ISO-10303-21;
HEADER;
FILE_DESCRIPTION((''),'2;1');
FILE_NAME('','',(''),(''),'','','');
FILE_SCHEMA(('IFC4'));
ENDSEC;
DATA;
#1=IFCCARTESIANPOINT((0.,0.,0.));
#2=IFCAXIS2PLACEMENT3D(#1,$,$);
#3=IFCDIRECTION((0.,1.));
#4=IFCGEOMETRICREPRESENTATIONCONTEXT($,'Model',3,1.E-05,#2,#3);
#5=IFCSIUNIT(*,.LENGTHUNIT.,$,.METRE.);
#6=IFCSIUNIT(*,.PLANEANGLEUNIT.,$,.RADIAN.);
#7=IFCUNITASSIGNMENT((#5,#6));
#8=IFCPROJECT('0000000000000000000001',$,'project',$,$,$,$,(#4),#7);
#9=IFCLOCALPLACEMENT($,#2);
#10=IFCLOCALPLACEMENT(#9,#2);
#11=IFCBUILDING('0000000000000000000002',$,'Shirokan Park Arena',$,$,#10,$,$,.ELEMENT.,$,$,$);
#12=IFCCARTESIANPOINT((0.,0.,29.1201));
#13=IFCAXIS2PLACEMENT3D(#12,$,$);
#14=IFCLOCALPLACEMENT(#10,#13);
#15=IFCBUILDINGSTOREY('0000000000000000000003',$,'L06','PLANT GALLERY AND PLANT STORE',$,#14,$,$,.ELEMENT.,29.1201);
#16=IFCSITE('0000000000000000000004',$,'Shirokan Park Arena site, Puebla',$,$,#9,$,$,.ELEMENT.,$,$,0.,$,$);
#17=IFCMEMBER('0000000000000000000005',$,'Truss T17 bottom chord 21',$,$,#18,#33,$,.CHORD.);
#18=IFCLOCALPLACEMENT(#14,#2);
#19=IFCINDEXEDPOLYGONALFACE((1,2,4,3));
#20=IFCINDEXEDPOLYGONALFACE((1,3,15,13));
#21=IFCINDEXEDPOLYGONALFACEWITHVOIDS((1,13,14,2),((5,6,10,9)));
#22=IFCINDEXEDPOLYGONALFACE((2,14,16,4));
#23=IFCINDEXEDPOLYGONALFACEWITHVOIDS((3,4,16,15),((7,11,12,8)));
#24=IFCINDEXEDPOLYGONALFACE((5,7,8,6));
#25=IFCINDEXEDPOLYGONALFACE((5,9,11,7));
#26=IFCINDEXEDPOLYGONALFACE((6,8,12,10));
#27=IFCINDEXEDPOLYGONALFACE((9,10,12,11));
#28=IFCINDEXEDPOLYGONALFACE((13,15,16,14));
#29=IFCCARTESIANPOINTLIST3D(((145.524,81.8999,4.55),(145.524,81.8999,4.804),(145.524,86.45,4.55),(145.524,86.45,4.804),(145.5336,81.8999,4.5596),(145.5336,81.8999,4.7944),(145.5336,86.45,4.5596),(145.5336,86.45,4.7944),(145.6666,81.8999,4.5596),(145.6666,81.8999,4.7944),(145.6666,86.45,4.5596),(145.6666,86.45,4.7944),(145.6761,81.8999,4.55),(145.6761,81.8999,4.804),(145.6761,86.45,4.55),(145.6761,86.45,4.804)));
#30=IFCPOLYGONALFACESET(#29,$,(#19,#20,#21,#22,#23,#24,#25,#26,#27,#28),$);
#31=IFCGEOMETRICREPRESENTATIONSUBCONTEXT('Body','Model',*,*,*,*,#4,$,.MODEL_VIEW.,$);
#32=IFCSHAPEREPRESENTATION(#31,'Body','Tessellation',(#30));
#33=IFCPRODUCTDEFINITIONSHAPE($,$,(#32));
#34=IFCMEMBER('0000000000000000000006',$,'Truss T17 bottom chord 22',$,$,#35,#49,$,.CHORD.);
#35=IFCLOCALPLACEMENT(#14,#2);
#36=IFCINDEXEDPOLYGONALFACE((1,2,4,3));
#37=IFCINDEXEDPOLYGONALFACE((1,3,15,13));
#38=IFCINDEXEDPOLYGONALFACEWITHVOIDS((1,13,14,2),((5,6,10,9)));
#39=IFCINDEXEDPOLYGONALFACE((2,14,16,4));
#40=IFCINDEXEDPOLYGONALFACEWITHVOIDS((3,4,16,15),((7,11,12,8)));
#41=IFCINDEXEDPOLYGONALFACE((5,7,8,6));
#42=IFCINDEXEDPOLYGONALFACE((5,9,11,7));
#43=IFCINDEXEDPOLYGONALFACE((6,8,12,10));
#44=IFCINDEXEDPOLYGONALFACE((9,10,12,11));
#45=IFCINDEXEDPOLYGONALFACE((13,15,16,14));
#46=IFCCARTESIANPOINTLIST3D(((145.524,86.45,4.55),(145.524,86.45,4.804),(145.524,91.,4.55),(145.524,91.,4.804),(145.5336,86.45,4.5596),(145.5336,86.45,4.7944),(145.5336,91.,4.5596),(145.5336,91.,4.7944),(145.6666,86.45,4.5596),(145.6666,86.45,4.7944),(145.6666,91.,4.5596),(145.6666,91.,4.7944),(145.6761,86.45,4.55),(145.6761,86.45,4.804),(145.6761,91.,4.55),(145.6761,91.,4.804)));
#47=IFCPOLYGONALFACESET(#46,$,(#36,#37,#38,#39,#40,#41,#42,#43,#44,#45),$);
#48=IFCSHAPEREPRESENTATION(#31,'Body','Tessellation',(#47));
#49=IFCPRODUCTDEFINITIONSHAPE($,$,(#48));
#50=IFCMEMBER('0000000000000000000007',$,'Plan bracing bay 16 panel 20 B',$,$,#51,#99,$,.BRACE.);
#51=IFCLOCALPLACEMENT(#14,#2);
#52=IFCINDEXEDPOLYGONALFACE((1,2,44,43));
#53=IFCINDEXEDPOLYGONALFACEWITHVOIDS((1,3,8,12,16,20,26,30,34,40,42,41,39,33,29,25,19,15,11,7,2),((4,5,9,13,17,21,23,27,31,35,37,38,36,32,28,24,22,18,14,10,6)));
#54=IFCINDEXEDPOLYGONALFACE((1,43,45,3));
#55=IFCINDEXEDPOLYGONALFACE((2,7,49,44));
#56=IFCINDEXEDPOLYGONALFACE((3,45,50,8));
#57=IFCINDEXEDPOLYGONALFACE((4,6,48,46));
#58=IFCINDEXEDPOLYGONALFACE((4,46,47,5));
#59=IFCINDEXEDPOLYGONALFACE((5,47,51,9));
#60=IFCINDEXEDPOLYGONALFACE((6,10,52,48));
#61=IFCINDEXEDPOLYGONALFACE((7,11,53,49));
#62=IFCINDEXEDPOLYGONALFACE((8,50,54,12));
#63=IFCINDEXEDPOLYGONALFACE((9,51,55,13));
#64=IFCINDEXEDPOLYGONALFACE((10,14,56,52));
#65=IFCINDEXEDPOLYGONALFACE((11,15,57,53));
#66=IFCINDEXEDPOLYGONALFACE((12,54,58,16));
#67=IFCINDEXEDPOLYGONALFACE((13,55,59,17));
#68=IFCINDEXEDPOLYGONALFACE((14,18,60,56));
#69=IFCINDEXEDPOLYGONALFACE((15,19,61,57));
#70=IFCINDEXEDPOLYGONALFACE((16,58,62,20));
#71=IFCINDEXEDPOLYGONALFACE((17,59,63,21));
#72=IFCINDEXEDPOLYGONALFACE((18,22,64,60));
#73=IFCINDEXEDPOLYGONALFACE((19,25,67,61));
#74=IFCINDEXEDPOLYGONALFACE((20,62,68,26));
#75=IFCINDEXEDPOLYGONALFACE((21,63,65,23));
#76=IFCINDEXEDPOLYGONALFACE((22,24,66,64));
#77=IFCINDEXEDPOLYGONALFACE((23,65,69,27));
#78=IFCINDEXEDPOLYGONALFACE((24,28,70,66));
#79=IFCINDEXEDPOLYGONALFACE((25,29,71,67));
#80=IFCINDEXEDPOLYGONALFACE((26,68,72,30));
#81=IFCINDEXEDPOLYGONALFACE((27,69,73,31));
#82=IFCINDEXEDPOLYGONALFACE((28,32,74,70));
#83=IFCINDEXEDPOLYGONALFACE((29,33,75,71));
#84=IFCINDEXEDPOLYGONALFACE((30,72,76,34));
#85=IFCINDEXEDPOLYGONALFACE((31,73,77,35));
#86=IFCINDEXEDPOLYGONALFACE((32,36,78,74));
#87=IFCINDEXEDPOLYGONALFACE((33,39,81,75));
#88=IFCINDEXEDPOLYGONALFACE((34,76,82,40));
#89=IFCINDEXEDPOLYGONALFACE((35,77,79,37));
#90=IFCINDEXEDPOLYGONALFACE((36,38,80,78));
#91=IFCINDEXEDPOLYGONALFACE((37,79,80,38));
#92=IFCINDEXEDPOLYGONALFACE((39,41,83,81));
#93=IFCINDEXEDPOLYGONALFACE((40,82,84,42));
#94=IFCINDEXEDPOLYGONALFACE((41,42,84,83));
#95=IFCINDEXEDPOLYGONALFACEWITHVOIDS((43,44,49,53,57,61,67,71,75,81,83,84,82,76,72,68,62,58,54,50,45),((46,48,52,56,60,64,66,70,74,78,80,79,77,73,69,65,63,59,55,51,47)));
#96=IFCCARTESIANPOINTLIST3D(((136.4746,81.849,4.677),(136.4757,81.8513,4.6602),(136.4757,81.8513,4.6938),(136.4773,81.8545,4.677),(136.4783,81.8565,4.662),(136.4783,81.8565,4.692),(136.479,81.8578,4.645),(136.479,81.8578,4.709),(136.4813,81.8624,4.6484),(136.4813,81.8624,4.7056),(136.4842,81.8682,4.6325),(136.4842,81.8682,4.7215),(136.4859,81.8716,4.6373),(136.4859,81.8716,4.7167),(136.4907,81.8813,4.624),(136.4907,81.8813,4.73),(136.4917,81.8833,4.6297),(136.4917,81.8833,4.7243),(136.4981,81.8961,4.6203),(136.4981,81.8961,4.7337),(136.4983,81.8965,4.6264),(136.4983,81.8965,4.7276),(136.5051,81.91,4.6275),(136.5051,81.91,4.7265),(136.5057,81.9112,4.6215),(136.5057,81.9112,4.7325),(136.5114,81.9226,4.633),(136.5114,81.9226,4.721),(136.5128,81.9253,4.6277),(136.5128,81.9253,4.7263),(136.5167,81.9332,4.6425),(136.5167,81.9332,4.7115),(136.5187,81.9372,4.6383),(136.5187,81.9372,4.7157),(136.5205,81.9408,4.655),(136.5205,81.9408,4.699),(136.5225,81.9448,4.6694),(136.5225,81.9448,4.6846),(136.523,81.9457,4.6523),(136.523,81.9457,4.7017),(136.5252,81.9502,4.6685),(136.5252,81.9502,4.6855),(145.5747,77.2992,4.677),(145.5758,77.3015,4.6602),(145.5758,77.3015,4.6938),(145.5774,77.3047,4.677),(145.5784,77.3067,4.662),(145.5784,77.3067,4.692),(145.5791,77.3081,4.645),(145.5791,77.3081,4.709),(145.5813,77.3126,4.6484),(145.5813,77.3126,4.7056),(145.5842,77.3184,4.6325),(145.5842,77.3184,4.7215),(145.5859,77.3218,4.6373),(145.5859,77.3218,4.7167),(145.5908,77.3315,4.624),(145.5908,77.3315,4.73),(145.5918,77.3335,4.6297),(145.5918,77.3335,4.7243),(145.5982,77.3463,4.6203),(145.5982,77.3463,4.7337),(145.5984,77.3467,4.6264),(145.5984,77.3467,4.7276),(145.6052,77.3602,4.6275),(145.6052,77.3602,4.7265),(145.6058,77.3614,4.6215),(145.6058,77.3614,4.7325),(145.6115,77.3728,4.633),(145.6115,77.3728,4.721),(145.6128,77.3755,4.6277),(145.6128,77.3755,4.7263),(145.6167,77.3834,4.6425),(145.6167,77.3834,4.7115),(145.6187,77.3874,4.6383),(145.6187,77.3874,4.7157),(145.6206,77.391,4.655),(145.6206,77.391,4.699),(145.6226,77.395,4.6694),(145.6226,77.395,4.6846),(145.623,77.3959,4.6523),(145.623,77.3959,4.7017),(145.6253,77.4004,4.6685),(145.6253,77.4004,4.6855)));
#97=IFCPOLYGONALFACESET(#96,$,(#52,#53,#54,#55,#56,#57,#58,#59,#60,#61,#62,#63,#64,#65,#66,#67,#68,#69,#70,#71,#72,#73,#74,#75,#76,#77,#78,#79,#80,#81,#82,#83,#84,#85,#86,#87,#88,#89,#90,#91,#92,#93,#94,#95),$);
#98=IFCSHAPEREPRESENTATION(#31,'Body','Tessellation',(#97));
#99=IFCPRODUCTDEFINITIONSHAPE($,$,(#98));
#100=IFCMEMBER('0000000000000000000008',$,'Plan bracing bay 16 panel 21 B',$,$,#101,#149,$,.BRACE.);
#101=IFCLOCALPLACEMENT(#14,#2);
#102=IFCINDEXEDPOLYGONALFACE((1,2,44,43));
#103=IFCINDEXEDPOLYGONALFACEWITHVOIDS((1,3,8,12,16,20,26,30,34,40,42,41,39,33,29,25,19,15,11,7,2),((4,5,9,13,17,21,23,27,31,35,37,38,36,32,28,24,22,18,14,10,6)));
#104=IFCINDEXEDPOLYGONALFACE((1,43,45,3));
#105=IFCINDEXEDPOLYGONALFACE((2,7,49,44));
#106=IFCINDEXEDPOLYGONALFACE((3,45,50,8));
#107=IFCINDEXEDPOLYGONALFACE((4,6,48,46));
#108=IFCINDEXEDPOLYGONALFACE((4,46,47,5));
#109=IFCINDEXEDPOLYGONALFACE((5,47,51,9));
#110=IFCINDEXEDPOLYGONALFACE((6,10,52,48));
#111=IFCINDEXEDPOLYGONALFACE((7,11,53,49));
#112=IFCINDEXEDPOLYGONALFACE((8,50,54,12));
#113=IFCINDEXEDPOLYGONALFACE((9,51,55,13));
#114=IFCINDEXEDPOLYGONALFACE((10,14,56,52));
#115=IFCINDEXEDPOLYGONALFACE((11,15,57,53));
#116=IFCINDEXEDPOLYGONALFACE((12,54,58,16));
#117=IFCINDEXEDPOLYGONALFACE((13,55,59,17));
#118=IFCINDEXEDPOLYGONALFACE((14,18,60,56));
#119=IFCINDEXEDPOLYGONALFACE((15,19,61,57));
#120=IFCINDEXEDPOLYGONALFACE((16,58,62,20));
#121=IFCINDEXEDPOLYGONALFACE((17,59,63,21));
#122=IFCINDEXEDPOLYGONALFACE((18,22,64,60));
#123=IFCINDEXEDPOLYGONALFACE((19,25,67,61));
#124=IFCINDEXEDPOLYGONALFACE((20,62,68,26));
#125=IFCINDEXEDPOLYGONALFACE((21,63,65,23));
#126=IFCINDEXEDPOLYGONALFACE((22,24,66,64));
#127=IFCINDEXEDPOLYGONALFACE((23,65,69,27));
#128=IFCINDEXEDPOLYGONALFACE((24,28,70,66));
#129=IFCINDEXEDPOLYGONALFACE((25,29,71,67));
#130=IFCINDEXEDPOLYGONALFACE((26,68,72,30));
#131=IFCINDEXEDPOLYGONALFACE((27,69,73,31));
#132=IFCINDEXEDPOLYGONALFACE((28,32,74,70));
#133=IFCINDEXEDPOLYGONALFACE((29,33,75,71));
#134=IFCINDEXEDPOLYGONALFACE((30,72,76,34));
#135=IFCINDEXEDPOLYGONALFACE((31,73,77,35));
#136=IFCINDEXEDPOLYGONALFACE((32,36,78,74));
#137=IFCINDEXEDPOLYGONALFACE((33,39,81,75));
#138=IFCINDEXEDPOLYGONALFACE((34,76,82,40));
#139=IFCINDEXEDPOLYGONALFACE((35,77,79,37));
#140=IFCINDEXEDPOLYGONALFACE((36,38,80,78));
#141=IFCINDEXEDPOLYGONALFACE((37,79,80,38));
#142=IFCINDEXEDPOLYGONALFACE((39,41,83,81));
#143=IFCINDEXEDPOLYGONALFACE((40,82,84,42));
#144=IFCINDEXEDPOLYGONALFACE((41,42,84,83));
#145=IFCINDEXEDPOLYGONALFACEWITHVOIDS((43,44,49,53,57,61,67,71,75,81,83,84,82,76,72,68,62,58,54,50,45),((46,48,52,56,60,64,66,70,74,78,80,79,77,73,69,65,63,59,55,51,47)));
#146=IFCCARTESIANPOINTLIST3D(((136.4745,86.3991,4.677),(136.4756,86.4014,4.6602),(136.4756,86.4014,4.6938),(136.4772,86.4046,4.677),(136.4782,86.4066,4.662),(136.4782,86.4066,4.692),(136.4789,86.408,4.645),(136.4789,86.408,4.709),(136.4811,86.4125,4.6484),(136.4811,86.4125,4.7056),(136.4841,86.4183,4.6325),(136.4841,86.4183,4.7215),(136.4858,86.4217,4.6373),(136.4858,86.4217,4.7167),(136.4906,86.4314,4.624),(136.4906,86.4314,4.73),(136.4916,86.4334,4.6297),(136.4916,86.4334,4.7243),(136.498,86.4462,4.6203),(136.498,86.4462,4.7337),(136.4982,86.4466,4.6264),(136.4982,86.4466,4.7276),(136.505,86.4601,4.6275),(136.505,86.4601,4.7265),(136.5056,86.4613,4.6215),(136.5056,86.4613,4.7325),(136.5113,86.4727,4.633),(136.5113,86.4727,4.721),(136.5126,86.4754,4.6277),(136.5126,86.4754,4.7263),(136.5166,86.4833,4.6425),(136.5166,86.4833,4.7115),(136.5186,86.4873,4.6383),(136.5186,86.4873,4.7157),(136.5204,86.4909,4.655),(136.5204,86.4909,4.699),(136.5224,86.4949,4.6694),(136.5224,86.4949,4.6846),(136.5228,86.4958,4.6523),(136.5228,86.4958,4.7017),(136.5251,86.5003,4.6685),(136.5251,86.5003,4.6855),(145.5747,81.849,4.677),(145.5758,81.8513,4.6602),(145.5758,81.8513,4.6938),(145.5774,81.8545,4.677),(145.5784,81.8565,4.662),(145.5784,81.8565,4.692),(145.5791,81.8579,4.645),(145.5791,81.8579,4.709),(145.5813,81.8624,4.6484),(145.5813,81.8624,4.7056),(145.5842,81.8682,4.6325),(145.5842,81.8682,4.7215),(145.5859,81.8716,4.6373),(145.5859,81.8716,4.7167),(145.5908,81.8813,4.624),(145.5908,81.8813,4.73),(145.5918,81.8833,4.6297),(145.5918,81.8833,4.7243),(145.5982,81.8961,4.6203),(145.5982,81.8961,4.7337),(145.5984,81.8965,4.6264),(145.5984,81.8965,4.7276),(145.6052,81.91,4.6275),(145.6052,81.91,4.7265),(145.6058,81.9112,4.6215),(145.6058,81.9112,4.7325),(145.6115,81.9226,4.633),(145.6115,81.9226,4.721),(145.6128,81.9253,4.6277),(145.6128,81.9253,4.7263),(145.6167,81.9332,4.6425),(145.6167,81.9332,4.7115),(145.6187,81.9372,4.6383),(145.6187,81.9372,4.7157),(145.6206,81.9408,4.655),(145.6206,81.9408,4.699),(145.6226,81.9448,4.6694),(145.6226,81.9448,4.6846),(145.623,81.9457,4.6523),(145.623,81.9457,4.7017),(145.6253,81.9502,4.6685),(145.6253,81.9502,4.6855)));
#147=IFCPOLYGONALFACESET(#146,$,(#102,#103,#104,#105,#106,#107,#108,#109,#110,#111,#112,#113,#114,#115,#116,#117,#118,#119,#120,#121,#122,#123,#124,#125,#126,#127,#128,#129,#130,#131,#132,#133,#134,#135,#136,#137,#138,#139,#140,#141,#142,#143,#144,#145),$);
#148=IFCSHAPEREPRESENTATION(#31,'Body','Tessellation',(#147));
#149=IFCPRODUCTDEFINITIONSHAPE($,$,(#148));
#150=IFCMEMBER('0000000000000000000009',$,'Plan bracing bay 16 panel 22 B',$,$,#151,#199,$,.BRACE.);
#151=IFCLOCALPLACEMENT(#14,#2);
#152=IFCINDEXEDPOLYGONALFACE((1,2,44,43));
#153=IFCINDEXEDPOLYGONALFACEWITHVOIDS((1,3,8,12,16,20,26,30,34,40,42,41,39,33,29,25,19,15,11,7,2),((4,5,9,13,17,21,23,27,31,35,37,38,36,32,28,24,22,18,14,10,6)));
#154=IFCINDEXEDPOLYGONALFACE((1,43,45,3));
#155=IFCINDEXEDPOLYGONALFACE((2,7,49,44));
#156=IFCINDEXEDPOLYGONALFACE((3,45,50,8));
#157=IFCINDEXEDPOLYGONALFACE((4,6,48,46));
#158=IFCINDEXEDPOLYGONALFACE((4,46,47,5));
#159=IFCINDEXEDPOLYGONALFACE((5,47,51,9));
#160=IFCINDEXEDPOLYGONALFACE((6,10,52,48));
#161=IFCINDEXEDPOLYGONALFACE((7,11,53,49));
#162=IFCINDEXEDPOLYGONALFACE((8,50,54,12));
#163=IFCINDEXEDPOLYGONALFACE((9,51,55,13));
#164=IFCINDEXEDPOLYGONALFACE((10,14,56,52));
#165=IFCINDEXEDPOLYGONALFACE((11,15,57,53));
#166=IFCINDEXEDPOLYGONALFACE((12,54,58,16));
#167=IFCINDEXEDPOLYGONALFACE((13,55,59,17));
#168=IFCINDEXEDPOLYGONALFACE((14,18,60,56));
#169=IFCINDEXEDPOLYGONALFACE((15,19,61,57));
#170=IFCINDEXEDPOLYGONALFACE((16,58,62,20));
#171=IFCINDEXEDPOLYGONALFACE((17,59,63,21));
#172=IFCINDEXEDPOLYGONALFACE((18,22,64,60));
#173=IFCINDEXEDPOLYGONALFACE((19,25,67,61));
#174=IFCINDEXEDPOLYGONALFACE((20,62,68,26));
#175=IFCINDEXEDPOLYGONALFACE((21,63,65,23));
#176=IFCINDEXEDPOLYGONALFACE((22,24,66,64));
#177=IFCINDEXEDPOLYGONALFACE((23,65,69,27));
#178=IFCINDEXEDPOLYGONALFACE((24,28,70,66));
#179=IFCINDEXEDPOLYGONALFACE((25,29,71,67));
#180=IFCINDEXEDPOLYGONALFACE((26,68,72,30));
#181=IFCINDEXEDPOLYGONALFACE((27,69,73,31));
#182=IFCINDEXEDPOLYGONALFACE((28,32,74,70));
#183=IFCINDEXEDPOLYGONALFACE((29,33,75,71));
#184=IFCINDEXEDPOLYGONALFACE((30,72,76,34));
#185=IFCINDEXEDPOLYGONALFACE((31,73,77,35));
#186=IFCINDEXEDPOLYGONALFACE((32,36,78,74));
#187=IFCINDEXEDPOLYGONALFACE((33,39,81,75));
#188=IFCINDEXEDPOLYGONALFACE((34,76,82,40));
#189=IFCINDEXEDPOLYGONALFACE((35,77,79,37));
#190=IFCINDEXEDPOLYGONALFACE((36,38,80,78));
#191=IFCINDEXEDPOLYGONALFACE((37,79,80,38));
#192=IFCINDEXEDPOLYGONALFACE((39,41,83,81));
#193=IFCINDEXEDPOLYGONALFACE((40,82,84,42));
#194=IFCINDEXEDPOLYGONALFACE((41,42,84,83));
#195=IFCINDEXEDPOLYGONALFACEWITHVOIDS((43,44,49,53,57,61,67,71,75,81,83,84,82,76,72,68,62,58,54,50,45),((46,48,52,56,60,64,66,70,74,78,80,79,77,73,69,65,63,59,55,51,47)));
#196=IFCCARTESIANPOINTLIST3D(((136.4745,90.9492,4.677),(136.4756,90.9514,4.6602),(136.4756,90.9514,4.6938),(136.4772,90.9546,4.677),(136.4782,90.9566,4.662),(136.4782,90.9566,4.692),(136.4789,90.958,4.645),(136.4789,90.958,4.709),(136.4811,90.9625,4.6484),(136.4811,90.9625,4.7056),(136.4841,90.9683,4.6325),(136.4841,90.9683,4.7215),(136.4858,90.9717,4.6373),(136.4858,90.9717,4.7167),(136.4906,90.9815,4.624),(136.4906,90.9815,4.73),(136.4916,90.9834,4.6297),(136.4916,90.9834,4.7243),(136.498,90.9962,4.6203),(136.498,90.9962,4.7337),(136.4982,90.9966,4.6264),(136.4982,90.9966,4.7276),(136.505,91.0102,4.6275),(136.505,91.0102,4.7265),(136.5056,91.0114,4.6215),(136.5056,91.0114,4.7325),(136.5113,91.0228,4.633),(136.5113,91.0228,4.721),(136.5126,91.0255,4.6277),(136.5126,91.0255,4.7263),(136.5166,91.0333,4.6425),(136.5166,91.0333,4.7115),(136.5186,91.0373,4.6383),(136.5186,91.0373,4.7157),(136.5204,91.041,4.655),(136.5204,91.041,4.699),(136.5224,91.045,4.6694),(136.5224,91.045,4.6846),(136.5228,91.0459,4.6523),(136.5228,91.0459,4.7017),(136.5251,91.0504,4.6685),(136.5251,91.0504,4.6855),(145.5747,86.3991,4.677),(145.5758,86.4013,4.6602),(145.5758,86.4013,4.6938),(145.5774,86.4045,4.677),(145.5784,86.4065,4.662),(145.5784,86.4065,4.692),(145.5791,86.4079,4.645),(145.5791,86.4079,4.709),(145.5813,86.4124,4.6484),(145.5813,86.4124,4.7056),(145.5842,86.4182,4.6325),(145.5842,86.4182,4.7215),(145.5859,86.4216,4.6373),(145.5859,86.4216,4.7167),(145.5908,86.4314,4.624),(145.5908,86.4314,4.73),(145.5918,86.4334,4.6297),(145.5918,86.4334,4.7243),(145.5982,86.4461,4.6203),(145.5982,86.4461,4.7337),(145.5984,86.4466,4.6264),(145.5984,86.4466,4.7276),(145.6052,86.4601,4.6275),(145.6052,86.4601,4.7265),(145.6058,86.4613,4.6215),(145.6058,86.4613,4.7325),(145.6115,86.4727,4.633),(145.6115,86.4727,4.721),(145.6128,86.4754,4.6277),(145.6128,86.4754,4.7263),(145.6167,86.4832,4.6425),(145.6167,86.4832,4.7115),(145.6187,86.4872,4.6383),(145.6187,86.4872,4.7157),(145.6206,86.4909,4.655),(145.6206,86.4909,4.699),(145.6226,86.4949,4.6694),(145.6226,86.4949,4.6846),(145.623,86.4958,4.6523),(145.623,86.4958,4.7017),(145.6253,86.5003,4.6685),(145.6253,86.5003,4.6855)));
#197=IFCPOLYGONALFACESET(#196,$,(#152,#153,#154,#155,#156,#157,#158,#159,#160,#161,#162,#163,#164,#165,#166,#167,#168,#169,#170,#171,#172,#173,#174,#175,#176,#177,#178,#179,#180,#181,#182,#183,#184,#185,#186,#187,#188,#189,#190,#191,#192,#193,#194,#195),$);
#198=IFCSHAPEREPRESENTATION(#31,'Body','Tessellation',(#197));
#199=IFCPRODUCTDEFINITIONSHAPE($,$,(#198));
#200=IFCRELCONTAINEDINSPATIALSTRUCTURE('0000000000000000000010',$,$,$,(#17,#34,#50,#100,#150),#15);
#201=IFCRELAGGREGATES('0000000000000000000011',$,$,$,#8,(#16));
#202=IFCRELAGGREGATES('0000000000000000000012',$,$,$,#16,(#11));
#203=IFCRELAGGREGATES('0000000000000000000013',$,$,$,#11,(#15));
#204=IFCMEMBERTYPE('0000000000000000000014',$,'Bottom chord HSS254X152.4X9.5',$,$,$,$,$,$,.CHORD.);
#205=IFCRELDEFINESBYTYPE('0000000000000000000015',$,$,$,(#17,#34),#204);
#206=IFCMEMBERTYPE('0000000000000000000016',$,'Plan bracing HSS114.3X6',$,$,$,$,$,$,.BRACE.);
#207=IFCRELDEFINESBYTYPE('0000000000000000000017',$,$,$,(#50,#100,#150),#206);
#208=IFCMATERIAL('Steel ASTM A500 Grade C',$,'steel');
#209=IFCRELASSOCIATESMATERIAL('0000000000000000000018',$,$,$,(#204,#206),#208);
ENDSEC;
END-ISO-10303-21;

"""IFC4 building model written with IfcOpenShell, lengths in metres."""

from ifc_helpers import new_model, si_unit, direction, frame, origin, origin_2d, place, context, subcontext, project, spatial, hollow_rectangle, hollow_circle, extrude, material, material_profile, profile_set, type_object, element, save


model = new_model("IFC4")

# Units and contexts
model_context = context("Model", 3, precision=1e-05, world=origin(), true_north=direction((0.0, 1.0)))
body_context = subcontext(model_context, "Body", "Model", "MODEL_VIEW")
ifc_project = project(units=[si_unit("LENGTHUNIT", "METRE"), si_unit("PLANEANGLEUNIT", "RADIAN")], contexts=[model_context])

# Site, building, storey
site_placement = place(None, origin())
site = spatial("IfcSite", under=ifc_project, at=site_placement, Name="Shirokan Park Arena site, Puebla", CompositionType="ELEMENT", RefElevation=0.0)
building_placement = place(site_placement, origin())
building = spatial("IfcBuilding", under=site, at=building_placement, Name="Shirokan Park Arena", CompositionType="ELEMENT")
storey_placement = place(building_placement, frame((0.0, 0.0, 29.1201)))
storey = spatial("IfcBuildingStorey", under=building, at=storey_placement, Name="L06", Description="PLANT GALLERY AND PLANT STORE", CompositionType="ELEMENT", Elevation=29.1201)

# Members
ifc_material_1 = material(Name="Steel ASTM A500 Grade C", Category="steel")
ifc_material_profile_1 = material_profile(ifc_material_1, hollow_rectangle(XDim=0.1521, YDim=0.2539, WallThickness=0.0095, at=origin_2d()), Name="HSS254X152.4X9.5")
ifc_profile_set_1 = profile_set([ifc_material_profile_1], Name="Steel ASTM A500 Grade C")
member_type_1 = type_object("IfcMemberType", Name="Bottom chord HSS254X152.4X9.5", PredefinedType="CHORD", material=ifc_profile_set_1)
for number, where, z_axis, x_axis, name in (
    (1, (145.6001, 81.8999, 4.677), (0.0, 1.0, 0.0), (-1.0, 0.0, 0.0), "Truss T17 bottom chord 21"),
    (2, (145.6001, 86.45, 4.677), (0.0, 1.0, 0.0), (-1.0, 0.0, 0.0), "Truss T17 bottom chord 22"),
):
    element("IfcMember", number, at=place(storey_placement, frame(where, z_axis=z_axis, x_axis=x_axis)), inside=storey, type_object=member_type_1, Name=name, PredefinedType="CHORD", context=body_context, shape_type="SweptSolid", body=[
        extrude(hollow_rectangle(XDim=0.1521, YDim=0.2539, WallThickness=0.0095, at=origin_2d()), origin(), (0.0, 0.0, 1.0), 4.55),
    ])
ifc_material_profile_2 = material_profile(ifc_material_1, hollow_circle(Radius=0.0569, WallThickness=0.0061, at=origin_2d()), Name="HSS114.3X6")
ifc_profile_set_2 = profile_set([ifc_material_profile_2], Name="Steel ASTM A500 Grade C")
member_type_2 = type_object("IfcMemberType", Name="Plan bracing HSS114.3X6", PredefinedType="BRACE", material=ifc_profile_set_2)
member_1_placement = place(storey_placement, frame((145.6001, 77.3501, 4.677), z_axis=(-0.894437, 0.447194, 0.0), x_axis=(-0.447194, -0.894437, 0.0)))
element("IfcMember", 3, at=member_1_placement, inside=storey, type_object=member_type_2, Name="Plan bracing bay 16 panel 20 B", PredefinedType="BRACE", context=body_context, shape_type="SweptSolid", body=[
    extrude(hollow_circle(Radius=0.0569, WallThickness=0.0061, at=origin_2d()), origin(), (0.0, 0.0, 1.0), 10.1741),
])
for number, where, z_axis, x_axis, name in (
    (4, (145.6001, 81.8999, 4.677), (-0.894427, 0.447214, 0.0), (-0.447214, -0.894427, 0.0), "Plan bracing bay 16 panel 21 B"),
    (5, (145.6001, 86.45, 4.677), (-0.894427, 0.447214, 0.0), (-0.447214, -0.894427, 0.0), "Plan bracing bay 16 panel 22 B"),
):
    element("IfcMember", number, at=place(storey_placement, frame(where, z_axis=z_axis, x_axis=x_axis)), inside=storey, type_object=member_type_2, Name=name, PredefinedType="BRACE", context=body_context, shape_type="SweptSolid", body=[
        extrude(hollow_circle(Radius=0.0569, WallThickness=0.0061, at=origin_2d()), origin(), (0.0, 0.0, 1.0), 10.1743),
    ])

save(model, "model.ifc")
